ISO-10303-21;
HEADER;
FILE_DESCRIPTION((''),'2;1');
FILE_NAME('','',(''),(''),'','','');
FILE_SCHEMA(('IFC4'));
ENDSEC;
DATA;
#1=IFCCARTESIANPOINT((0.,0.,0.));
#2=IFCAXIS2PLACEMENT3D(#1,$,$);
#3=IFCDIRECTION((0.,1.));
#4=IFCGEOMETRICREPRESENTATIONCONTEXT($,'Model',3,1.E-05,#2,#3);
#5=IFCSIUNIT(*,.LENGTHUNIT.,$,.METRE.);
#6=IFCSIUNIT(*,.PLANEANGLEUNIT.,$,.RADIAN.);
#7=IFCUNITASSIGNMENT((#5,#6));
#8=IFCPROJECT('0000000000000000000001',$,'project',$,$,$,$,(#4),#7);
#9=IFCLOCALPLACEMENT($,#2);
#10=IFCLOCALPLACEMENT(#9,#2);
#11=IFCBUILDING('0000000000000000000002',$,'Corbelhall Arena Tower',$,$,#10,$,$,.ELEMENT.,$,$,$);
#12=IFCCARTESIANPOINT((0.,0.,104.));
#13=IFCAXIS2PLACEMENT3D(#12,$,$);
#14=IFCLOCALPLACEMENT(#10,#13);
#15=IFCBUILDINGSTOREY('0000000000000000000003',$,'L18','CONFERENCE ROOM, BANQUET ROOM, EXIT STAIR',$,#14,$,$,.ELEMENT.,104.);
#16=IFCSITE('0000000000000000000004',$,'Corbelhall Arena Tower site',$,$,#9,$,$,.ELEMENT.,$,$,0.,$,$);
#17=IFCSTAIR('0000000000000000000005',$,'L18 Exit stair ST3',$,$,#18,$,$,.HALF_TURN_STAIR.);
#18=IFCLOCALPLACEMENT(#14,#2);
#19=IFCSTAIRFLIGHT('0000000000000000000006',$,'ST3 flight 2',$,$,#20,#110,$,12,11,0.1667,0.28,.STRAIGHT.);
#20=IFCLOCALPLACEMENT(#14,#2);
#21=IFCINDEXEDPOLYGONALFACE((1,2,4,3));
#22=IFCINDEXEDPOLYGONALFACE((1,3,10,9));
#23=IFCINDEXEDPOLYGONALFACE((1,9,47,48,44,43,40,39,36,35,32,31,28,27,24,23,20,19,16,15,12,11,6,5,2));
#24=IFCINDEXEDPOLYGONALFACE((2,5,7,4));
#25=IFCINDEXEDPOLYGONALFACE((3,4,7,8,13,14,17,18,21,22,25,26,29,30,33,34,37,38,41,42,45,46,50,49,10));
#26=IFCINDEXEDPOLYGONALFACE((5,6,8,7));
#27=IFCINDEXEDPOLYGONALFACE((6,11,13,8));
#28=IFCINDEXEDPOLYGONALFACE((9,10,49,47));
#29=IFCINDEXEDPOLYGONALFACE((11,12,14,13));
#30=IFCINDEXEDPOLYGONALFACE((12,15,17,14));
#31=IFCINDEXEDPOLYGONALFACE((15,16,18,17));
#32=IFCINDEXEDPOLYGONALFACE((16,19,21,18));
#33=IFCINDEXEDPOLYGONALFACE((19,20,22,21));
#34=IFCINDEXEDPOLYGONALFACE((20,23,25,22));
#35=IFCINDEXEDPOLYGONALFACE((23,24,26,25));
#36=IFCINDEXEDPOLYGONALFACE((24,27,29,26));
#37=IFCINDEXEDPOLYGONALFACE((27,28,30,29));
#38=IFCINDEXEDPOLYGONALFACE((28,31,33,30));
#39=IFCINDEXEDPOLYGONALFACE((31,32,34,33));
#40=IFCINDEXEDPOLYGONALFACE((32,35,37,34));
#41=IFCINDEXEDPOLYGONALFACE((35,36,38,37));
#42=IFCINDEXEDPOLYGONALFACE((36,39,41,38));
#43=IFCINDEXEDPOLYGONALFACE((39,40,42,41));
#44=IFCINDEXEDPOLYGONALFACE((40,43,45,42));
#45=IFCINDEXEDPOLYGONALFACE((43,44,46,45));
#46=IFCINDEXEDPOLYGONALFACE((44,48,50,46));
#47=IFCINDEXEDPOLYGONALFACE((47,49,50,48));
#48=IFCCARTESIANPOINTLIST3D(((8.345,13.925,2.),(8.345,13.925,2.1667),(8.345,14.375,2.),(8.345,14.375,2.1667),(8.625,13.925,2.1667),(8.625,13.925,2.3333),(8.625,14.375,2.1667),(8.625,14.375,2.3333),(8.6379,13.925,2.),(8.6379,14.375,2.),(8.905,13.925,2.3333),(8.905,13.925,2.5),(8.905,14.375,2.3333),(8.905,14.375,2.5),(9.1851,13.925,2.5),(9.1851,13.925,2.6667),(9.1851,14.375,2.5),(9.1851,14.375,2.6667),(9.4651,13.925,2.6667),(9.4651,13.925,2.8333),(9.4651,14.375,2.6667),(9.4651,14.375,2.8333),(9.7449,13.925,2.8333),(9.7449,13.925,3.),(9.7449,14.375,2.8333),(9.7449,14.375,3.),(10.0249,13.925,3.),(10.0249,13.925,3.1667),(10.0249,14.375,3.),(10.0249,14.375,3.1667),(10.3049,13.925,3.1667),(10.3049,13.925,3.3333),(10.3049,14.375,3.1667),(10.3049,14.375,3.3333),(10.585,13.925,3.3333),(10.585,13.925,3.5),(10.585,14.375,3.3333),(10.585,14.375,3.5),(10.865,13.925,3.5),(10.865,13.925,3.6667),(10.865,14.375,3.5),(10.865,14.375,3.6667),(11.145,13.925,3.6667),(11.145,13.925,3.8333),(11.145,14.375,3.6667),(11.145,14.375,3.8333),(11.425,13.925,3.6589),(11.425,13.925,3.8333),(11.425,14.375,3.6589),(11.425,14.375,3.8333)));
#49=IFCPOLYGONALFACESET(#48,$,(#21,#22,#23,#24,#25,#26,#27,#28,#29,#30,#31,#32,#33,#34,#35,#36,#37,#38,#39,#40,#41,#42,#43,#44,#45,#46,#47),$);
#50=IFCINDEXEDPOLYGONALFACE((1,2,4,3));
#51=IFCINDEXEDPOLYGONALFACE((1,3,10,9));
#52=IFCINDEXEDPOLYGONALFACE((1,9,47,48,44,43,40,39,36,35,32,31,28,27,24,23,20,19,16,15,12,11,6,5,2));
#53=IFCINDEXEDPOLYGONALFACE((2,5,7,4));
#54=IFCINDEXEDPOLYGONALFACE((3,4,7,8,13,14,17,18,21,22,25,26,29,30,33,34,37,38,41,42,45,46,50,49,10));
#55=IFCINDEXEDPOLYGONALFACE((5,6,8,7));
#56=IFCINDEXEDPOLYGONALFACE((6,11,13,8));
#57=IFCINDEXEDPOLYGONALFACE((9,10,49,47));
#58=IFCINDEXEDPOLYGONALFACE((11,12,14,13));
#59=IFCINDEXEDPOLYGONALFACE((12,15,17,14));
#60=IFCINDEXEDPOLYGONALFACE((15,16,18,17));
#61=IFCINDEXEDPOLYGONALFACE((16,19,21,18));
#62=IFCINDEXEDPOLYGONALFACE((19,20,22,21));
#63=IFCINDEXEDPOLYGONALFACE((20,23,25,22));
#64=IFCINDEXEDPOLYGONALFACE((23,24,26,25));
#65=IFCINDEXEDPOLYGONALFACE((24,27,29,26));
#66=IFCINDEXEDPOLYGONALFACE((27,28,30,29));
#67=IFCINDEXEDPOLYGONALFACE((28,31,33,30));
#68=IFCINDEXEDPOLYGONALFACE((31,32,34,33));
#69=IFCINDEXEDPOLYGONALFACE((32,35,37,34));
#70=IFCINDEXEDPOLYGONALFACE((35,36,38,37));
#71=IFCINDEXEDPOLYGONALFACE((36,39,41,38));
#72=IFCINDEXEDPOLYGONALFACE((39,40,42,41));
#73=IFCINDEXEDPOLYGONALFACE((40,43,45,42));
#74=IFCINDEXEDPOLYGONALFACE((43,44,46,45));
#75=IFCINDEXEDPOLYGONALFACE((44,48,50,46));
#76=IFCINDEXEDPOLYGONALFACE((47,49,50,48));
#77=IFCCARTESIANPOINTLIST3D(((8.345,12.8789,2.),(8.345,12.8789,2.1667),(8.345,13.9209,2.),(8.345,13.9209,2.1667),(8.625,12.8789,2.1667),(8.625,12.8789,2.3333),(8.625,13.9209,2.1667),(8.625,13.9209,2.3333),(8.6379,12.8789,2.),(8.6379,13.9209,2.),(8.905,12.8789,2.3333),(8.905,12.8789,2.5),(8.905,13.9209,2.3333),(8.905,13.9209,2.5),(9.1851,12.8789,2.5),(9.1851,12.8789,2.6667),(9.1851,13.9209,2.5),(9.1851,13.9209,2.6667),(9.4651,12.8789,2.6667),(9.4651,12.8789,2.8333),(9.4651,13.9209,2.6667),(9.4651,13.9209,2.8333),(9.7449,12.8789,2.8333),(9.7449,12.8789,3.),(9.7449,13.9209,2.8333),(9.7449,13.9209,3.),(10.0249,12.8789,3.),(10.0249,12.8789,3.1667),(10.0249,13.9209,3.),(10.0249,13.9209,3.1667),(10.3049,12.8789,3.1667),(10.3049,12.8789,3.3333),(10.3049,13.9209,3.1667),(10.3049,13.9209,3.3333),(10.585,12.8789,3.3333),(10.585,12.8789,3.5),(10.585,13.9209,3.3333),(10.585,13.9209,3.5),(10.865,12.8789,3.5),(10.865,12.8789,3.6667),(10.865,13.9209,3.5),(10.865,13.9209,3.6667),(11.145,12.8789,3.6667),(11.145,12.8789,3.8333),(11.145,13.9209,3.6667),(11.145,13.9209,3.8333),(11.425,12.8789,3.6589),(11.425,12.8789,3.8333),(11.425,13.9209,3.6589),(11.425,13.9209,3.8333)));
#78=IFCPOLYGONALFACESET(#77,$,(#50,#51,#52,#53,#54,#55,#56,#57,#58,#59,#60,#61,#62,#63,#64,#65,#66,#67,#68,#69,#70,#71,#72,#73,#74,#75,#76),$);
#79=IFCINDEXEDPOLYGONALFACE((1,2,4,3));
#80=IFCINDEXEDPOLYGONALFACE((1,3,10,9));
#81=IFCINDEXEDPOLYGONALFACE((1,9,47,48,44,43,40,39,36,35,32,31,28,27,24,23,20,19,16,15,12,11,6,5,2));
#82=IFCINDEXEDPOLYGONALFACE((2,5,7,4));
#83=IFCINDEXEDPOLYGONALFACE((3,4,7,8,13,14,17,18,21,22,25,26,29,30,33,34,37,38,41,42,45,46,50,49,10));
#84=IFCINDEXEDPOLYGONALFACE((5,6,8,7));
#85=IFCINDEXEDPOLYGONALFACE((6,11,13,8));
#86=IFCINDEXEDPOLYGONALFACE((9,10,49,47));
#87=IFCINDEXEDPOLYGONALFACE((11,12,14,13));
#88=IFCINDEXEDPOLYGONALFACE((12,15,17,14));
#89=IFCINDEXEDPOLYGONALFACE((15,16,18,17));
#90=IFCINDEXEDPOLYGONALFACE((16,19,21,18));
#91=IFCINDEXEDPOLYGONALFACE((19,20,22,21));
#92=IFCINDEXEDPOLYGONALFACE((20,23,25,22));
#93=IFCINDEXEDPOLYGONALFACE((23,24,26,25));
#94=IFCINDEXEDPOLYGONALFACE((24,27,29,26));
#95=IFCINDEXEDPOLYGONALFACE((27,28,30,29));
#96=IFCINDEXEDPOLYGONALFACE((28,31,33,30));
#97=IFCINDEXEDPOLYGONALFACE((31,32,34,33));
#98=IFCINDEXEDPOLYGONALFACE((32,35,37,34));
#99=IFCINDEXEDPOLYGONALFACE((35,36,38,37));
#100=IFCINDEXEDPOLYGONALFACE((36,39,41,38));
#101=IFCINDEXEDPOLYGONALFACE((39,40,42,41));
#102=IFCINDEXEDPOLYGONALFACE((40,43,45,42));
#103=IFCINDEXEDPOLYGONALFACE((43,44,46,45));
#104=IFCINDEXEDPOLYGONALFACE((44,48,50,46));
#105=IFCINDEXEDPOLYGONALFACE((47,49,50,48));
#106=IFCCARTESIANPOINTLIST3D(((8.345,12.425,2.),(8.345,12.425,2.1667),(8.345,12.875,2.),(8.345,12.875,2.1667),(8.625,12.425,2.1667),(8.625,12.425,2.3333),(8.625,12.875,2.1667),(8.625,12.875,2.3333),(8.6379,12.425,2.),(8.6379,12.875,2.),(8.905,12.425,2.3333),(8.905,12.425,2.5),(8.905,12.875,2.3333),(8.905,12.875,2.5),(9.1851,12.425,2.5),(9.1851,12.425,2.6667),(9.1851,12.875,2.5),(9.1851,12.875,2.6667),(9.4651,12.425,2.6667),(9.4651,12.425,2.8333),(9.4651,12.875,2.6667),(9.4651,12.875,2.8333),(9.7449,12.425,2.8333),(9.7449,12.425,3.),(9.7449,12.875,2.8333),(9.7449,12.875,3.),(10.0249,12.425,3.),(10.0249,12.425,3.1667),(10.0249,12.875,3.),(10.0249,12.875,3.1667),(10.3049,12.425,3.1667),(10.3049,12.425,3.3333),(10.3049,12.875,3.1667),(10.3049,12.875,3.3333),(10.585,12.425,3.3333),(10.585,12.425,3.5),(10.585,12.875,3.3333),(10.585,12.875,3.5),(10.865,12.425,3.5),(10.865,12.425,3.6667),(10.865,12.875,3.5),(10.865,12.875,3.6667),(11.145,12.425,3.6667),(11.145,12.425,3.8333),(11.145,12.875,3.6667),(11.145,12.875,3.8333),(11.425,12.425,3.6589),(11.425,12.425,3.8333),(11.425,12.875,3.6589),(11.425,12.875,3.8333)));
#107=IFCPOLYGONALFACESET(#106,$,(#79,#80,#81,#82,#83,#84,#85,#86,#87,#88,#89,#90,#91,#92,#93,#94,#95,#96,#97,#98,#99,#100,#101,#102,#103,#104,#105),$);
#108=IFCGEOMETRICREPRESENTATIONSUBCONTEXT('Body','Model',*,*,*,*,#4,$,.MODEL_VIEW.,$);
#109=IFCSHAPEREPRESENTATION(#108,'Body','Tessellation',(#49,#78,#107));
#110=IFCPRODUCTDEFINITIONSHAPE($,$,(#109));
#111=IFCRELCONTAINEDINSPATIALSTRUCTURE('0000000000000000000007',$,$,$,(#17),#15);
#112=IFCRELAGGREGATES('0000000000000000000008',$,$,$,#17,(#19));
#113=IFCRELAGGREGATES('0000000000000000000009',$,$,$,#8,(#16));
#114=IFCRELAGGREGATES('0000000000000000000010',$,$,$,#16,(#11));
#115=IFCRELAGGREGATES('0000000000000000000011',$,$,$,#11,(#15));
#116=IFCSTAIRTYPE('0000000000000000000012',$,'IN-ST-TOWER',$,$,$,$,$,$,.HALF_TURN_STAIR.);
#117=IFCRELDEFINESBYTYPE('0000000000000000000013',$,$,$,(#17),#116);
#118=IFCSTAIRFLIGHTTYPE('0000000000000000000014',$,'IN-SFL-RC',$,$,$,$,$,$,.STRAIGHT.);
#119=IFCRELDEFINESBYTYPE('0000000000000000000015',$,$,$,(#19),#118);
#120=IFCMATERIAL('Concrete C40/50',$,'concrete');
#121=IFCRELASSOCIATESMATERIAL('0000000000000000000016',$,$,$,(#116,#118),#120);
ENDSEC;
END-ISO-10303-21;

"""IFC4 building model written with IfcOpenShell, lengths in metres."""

from ifc_helpers import new_model, si_unit, direction, frame, origin, place, context, subcontext, project, spatial, polyline, outline, extrude, material, type_object, element, aggregate, save


model = new_model("IFC4")

# Units and contexts
model_context = context("Model", 3, precision=1e-05, world=origin(), true_north=direction((0.0, 1.0)))
body_context = subcontext(model_context, "Body", "Model", "MODEL_VIEW")
ifc_project = project(units=[si_unit("LENGTHUNIT", "METRE"), si_unit("PLANEANGLEUNIT", "RADIAN")], contexts=[model_context])

# Site, building, storey
site_placement = place(None, origin())
site = spatial("IfcSite", under=ifc_project, at=site_placement, Name="Corbelhall Arena Tower site", CompositionType="ELEMENT", RefElevation=0.0)
building_placement = place(site_placement, origin())
building = spatial("IfcBuilding", under=site, at=building_placement, Name="Corbelhall Arena Tower", CompositionType="ELEMENT")
storey_placement = place(building_placement, frame((0.0, 0.0, 104.0)))
storey = spatial("IfcBuildingStorey", under=building, at=storey_placement, Name="L18", Description="CONFERENCE ROOM, BANQUET ROOM, EXIT STAIR", CompositionType="ELEMENT", Elevation=104.0)

# Shared definitions
ifc_material_1 = material(Name="Concrete C40/50", Category="concrete")

# Stair, stair flight
stair_type = type_object("IfcStairType", Name="IN-ST-TOWER", PredefinedType="HALF_TURN_STAIR", material=ifc_material_1)
stair_placement = place(storey_placement, origin())
stair = element("IfcStair", 1, at=stair_placement, inside=storey, type_object=stair_type, Name="L18 Exit stair ST3", PredefinedType="HALF_TURN_STAIR")
stair_flight_type = type_object("IfcStairFlightType", Name="IN-SFL-RC", PredefinedType="STRAIGHT", material=ifc_material_1)
stair_flight_1_placement = place(storey_placement, frame((8.345, 13.3999, 2.0), z_axis=(0.0, 0.0, 1.0), x_axis=(1.0, 0.0, 0.0)))
stair_flight_1 = element("IfcStairFlight", 2, at=stair_flight_1_placement, type_object=stair_flight_type, Name="ST3 flight 2", NumberOfRisers=12, NumberOfTreads=11, PredefinedType="STRAIGHT", RiserHeight=0.1667, TreadLength=0.28, context=body_context, shape_type="SweptSolid", body=[
    extrude(outline(polyline([(0.0, 0.0), (0.0, 0.1667), (0.28, 0.1667), (0.28, 0.3333), (0.5601, 0.3333), (0.5601, 0.5), (0.8401, 0.5), (0.8401, 0.6667), (1.1201, 0.6667), (1.1201, 0.8333), (1.3999, 0.8333), (1.3999, 1.0), (1.6799, 1.0), (1.6799, 1.1667), (1.96, 1.1667), (1.96, 1.3333), (2.24, 1.3333), (2.24, 1.5), (2.52, 1.5), (2.52, 1.6667), (2.8, 1.6667), (2.8, 1.8333), (3.0801, 1.8333), (3.0801, 2.0), (3.0801, 1.6589), (0.293, 0.0), (0.0, 0.0)])), frame((0.0, 0.9751, 0.0), z_axis=(0.0, -1.0, 0.0), x_axis=(1.0, 0.0, 0.0)), (0.0, 0.0, 1.0), 0.45),
    extrude(outline(polyline([(0.0, 0.0), (0.0, 0.1667), (0.28, 0.1667), (0.28, 0.3333), (0.5601, 0.3333), (0.5601, 0.5), (0.8401, 0.5), (0.8401, 0.6667), (1.1201, 0.6667), (1.1201, 0.8333), (1.3999, 0.8333), (1.3999, 1.0), (1.6799, 1.0), (1.6799, 1.1667), (1.96, 1.1667), (1.96, 1.3333), (2.24, 1.3333), (2.24, 1.5), (2.52, 1.5), (2.52, 1.6667), (2.8, 1.6667), (2.8, 1.8333), (3.0801, 1.8333), (3.0801, 2.0), (3.0801, 1.6589), (0.293, 0.0), (0.0, 0.0)])), frame((0.0, 0.521, 0.0), z_axis=(0.0, -1.0, 0.0), x_axis=(1.0, 0.0, 0.0)), (0.0, 0.0, 1.0), 1.042),
    extrude(outline(polyline([(0.0, 0.0), (0.0, 0.1667), (0.28, 0.1667), (0.28, 0.3333), (0.5601, 0.3333), (0.5601, 0.5), (0.8401, 0.5), (0.8401, 0.6667), (1.1201, 0.6667), (1.1201, 0.8333), (1.3999, 0.8333), (1.3999, 1.0), (1.6799, 1.0), (1.6799, 1.1667), (1.96, 1.1667), (1.96, 1.3333), (2.24, 1.3333), (2.24, 1.5), (2.52, 1.5), (2.52, 1.6667), (2.8, 1.6667), (2.8, 1.8333), (3.0801, 1.8333), (3.0801, 2.0), (3.0801, 1.6589), (0.293, 0.0), (0.0, 0.0)])), frame((0.0, -0.5249, 0.0), z_axis=(0.0, -1.0, 0.0), x_axis=(1.0, 0.0, 0.0)), (0.0, 0.0, 1.0), 0.45),
])
aggregate(stair, [stair_flight_1])

save(model, "model.ifc")
